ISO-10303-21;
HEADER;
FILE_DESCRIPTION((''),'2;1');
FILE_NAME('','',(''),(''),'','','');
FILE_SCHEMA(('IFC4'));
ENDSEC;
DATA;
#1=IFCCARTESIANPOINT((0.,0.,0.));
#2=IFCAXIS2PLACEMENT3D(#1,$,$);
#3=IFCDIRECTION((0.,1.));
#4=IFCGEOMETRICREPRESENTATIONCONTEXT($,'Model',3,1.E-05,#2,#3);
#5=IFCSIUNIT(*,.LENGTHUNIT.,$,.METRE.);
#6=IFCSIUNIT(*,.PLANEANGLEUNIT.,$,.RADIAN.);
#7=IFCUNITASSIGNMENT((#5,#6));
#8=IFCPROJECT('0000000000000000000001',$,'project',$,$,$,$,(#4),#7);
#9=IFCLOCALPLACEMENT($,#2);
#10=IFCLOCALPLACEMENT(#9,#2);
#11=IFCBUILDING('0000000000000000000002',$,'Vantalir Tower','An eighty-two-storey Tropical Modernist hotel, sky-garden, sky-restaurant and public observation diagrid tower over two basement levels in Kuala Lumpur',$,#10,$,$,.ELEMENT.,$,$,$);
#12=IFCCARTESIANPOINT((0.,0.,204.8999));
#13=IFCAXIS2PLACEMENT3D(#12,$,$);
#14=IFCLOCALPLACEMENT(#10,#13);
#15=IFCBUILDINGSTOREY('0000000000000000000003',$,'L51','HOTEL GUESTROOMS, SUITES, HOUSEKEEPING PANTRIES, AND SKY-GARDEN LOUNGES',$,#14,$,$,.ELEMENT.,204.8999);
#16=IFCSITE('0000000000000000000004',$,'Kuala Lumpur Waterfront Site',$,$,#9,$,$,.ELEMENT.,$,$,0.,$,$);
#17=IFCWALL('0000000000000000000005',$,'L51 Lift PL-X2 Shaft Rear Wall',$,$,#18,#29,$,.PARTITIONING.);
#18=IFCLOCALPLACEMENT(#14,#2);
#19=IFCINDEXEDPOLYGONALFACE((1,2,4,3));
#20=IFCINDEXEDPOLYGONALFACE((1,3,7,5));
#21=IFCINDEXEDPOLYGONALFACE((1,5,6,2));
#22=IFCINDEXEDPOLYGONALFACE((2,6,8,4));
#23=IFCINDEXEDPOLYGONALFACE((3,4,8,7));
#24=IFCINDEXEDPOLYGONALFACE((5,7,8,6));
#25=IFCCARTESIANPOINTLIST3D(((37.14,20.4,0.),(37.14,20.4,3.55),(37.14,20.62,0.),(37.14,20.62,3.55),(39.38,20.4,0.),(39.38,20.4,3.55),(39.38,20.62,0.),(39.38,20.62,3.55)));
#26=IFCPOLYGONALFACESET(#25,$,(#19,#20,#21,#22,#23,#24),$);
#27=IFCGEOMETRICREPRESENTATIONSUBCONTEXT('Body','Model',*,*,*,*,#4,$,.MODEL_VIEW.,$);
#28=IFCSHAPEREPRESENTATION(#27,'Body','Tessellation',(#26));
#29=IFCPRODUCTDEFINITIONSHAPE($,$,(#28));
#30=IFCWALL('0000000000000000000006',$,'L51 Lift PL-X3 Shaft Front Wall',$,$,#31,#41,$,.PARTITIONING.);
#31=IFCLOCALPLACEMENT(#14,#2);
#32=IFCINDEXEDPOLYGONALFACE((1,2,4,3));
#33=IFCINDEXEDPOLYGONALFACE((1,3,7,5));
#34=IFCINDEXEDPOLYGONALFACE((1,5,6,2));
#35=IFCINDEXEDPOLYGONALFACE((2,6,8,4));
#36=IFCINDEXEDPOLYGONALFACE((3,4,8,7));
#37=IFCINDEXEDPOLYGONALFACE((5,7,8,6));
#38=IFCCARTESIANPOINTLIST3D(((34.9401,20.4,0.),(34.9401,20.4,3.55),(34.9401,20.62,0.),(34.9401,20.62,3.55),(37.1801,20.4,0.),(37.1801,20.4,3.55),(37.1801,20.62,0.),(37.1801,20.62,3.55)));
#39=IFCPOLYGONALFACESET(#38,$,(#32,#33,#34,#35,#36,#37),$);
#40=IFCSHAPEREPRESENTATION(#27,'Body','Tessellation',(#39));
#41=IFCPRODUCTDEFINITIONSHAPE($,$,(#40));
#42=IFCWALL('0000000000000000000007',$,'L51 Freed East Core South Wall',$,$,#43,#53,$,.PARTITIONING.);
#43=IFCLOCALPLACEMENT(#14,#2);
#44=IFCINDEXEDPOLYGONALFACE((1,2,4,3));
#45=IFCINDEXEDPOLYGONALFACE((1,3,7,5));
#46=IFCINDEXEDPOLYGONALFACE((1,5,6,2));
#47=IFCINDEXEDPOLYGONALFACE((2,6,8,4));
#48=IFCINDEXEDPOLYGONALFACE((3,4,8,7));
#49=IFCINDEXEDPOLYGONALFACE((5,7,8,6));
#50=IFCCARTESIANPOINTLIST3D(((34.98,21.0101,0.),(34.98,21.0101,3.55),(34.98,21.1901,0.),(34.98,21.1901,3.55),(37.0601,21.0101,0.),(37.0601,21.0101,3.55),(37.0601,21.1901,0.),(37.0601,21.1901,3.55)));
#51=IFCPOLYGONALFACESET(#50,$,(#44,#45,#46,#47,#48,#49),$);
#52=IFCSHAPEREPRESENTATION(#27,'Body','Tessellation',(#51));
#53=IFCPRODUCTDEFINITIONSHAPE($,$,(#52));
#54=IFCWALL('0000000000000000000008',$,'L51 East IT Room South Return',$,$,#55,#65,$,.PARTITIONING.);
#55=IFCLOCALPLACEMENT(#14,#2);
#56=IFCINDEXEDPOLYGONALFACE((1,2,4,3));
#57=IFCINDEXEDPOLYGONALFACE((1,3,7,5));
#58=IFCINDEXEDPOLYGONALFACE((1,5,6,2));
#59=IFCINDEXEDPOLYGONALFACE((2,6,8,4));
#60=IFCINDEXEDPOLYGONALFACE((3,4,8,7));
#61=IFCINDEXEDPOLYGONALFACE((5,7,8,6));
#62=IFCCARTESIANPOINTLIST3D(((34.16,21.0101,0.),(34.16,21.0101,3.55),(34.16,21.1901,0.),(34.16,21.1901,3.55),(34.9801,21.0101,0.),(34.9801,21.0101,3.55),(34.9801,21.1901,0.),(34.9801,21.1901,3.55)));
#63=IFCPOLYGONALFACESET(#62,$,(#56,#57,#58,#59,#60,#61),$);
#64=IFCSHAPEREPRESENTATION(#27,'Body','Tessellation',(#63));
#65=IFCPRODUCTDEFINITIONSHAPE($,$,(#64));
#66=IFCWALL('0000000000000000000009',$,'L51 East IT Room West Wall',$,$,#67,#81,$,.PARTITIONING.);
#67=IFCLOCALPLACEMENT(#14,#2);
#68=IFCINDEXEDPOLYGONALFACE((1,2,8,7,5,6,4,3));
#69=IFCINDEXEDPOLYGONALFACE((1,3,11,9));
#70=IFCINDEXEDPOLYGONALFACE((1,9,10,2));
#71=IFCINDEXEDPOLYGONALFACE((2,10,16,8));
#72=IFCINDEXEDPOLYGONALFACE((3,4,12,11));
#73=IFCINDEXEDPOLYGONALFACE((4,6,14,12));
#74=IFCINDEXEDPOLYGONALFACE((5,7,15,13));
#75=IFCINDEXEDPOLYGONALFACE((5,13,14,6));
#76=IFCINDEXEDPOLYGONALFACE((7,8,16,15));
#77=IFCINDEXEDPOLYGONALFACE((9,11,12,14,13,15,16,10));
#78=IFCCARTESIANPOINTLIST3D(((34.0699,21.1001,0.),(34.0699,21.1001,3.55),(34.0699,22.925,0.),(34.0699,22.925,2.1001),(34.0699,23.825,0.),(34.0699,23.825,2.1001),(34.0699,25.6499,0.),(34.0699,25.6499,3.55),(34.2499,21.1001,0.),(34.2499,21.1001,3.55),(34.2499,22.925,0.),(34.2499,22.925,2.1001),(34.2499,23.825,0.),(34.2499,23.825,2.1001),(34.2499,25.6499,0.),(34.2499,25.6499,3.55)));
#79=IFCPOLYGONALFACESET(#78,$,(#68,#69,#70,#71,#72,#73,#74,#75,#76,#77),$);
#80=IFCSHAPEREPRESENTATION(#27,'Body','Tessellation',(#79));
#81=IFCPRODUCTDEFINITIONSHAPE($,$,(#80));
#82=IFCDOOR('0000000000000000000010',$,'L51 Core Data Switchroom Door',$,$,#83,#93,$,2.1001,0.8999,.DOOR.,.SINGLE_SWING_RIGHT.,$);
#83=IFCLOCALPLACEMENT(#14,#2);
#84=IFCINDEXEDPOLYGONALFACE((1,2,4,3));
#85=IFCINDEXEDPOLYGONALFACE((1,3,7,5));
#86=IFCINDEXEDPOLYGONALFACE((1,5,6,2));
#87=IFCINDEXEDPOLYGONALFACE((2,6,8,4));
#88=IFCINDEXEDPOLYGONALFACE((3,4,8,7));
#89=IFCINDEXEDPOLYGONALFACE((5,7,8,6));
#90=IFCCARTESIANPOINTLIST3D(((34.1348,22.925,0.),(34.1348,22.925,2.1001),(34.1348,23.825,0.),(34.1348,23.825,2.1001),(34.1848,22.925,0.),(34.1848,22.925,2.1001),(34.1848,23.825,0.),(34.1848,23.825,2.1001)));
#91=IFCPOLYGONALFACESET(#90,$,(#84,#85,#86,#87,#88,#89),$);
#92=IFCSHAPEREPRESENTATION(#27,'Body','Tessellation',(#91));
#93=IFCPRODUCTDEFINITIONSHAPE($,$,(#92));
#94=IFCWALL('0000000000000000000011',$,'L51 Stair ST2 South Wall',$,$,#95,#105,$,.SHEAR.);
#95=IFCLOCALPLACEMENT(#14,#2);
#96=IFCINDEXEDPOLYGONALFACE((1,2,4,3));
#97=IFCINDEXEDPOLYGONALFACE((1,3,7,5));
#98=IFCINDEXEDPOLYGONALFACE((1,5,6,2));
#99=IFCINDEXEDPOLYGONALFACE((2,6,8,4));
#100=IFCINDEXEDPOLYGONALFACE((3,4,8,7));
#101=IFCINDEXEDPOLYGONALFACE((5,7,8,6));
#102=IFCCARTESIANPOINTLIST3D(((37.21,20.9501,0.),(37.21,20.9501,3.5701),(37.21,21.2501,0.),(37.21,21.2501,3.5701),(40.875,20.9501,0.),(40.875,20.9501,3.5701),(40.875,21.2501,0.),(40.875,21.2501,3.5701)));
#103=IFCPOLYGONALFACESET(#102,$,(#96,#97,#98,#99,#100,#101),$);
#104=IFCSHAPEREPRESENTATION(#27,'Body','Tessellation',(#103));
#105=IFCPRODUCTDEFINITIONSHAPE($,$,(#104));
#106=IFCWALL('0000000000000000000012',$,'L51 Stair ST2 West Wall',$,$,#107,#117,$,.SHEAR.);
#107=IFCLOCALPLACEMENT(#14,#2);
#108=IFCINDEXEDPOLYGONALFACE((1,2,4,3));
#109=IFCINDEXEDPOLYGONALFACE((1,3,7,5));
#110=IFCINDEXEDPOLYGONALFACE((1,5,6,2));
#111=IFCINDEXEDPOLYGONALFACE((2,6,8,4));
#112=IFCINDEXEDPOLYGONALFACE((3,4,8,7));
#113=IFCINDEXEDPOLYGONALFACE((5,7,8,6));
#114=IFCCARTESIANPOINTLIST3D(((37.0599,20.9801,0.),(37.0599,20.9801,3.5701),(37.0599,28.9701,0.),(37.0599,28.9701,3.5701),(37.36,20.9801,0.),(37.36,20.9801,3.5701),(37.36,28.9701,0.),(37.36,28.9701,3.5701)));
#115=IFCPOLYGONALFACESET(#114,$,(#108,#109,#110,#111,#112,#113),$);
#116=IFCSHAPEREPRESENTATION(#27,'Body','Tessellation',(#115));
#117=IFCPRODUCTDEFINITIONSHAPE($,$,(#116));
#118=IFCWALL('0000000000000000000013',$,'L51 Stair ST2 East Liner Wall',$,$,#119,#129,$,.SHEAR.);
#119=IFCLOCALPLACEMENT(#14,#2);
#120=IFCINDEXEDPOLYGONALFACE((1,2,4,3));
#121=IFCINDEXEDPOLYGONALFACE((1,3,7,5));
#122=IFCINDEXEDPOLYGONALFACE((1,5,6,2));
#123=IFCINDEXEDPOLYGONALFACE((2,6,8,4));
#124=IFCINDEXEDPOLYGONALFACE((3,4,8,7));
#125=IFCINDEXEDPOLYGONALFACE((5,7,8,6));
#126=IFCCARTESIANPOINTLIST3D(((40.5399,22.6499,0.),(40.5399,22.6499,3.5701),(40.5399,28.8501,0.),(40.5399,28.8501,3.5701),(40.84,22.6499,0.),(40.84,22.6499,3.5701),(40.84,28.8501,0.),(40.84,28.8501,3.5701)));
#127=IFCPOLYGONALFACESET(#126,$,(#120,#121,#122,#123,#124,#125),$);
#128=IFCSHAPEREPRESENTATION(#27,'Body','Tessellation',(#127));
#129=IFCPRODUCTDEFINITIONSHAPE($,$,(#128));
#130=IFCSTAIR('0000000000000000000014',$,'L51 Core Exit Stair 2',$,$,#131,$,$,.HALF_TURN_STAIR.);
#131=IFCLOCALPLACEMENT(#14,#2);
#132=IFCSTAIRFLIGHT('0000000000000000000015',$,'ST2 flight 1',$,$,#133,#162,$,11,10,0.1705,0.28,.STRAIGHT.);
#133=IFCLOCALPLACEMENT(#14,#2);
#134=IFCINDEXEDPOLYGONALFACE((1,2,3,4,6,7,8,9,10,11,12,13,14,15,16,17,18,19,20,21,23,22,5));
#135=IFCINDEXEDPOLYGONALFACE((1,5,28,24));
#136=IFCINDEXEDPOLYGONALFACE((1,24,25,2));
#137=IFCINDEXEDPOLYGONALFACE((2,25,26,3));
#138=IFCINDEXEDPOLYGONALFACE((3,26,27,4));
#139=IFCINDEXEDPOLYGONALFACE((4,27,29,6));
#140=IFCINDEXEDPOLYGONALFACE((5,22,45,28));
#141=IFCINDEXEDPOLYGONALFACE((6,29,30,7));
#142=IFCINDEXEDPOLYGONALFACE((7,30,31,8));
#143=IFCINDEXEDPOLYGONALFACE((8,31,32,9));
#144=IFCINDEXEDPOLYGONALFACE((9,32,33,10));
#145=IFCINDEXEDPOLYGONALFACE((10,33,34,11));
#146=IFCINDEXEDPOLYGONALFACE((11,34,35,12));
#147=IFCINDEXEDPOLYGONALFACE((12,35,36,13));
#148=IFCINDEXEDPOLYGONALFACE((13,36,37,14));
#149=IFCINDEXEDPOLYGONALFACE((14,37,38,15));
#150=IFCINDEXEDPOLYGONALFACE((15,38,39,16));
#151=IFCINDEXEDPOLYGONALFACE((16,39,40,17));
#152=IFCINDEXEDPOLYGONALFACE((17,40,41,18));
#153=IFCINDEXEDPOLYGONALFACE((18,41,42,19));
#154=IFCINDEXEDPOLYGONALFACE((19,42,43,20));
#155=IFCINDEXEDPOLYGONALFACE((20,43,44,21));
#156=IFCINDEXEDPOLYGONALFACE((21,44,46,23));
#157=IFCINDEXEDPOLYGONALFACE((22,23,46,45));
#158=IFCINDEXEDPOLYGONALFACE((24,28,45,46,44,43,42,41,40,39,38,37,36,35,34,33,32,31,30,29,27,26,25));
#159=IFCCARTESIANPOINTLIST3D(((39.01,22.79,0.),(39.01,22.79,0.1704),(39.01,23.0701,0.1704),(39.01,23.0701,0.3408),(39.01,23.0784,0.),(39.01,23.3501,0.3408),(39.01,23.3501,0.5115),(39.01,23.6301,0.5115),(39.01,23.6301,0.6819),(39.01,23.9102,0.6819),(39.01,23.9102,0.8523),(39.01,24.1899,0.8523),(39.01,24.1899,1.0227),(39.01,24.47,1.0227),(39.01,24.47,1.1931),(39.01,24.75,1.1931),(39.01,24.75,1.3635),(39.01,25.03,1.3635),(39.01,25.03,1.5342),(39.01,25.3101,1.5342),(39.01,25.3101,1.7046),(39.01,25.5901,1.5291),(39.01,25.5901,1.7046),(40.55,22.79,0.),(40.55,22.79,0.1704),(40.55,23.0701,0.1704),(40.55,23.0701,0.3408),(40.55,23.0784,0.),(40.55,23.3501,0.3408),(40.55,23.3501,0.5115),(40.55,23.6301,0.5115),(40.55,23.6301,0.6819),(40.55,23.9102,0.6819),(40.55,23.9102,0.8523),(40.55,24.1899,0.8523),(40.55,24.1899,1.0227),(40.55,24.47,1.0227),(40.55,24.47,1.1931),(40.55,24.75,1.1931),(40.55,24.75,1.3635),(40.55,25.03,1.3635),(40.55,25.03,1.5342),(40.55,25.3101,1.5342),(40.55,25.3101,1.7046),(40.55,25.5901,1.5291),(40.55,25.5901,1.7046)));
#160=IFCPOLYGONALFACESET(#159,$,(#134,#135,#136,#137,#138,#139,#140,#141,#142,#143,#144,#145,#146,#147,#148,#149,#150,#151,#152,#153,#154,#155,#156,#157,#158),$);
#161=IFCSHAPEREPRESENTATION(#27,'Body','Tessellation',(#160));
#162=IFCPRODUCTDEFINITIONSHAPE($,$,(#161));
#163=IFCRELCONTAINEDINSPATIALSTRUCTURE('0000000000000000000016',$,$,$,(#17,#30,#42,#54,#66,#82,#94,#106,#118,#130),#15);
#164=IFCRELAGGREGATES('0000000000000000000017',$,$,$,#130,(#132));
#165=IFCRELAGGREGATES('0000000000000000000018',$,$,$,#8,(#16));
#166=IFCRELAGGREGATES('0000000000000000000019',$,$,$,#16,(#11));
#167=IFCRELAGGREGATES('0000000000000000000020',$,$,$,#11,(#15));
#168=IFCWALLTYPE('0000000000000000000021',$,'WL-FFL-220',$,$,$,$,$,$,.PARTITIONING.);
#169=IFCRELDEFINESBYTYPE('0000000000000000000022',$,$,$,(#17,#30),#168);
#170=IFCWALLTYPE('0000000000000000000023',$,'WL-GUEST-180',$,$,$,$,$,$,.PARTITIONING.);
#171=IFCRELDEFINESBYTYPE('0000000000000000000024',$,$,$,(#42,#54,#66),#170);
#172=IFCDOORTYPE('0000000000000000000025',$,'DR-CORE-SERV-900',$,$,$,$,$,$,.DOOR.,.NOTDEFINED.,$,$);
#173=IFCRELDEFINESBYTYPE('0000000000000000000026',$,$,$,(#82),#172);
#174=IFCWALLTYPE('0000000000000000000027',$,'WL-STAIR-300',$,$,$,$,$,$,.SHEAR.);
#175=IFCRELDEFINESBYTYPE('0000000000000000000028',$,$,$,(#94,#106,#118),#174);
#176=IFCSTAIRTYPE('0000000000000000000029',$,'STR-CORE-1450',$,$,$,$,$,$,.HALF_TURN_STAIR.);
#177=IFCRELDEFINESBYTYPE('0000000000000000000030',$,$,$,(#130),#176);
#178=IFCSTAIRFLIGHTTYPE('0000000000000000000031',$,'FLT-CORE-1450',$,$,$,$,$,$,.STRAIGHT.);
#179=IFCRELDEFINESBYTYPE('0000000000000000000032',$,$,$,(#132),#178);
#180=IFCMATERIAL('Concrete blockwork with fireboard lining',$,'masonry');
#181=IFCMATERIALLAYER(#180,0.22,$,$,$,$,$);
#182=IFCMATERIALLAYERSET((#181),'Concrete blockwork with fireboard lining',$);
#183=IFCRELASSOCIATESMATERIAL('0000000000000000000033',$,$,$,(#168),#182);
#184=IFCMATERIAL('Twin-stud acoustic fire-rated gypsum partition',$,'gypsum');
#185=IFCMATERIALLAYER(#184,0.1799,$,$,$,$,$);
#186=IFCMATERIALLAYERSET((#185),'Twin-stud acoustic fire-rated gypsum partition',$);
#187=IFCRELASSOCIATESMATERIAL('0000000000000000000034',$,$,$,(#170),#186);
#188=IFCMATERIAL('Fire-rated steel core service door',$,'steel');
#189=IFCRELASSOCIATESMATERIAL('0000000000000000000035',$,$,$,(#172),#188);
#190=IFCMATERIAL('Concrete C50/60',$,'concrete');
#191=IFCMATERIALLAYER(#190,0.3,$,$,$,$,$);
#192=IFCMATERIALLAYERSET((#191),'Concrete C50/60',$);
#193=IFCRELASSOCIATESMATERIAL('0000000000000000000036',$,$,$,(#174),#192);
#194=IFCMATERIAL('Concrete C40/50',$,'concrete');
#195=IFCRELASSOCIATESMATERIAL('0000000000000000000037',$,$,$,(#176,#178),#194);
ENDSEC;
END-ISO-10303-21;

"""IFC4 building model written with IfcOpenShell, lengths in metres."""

from ifc_helpers import new_model, si_unit, direction, frame, frame_2d, origin, place, context, subcontext, project, spatial, polyline, rectangle, outline, extrude, material, layer, layer_set, type_object, element, fill, aggregate, save


model = new_model("IFC4")

# Units and contexts
model_context = context("Model", 3, precision=1e-05, world=origin(), true_north=direction((0.0, 1.0)))
body_context = subcontext(model_context, "Body", "Model", "MODEL_VIEW")
ifc_project = project(units=[si_unit("LENGTHUNIT", "METRE"), si_unit("PLANEANGLEUNIT", "RADIAN")], contexts=[model_context])

# Site, building, storey
site_placement = place(None, origin())
site = spatial("IfcSite", under=ifc_project, at=site_placement, Name="Kuala Lumpur Waterfront Site", CompositionType="ELEMENT", RefElevation=0.0)
building_placement = place(site_placement, origin())
building = spatial("IfcBuilding", under=site, at=building_placement, Name="Vantalir Tower", Description="An eighty-two-storey Tropical Modernist hotel, sky-garden, sky-restaurant and public observation diagrid tower over two basement levels in Kuala Lumpur", CompositionType="ELEMENT")
storey_placement = place(building_placement, frame((0.0, 0.0, 204.8999)))
storey = spatial("IfcBuildingStorey", under=building, at=storey_placement, Name="L51", Description="HOTEL GUESTROOMS, SUITES, HOUSEKEEPING PANTRIES, AND SKY-GARDEN LOUNGES", CompositionType="ELEMENT", Elevation=204.8999)

# Shared definitions
ifc_material_1 = material(Name="Concrete C50/60", Category="concrete")

# Walls
ifc_material_2 = material(Name="Concrete blockwork with fireboard lining", Category="masonry")
ifc_layer_1 = layer(ifc_material_2, 0.22)
ifc_layer_set_1 = layer_set([ifc_layer_1], Name="Concrete blockwork with fireboard lining")
wall_type_1 = type_object("IfcWallType", Name="WL-FFL-220", PredefinedType="PARTITIONING", material=ifc_layer_set_1)
for number, where, z_axis, x_axis, name in (
    (1, (37.1399, 20.51, 0.0), (0.0, 0.0, 1.0), (1.0, 0.0, 0.0), "L51 Lift PL-X2 Shaft Rear Wall"),
    (2, (34.9399, 20.51, 0.0), (0.0, 0.0, 1.0), (1.0, 0.0, 0.0), "L51 Lift PL-X3 Shaft Front Wall"),
):
    element("IfcWall", number, at=place(storey_placement, frame(where, z_axis=z_axis, x_axis=x_axis)), inside=storey, type_object=wall_type_1, Name=name, PredefinedType="PARTITIONING", context=body_context, shape_type="SweptSolid", body=[
        extrude(rectangle(XDim=2.24, YDim=0.22, at=frame_2d((1.1201, 0.0))), origin(), (0.0, 0.0, 1.0), 3.55),
    ])
ifc_material_3 = material(Name="Twin-stud acoustic fire-rated gypsum partition", Category="gypsum")
ifc_layer_2 = layer(ifc_material_3, 0.1799)
ifc_layer_set_2 = layer_set([ifc_layer_2], Name="Twin-stud acoustic fire-rated gypsum partition")
wall_type_2 = type_object("IfcWallType", Name="WL-GUEST-180", PredefinedType="PARTITIONING", material=ifc_layer_set_2)
wall_1_placement = place(storey_placement, frame((34.98, 21.1001, 0.0), z_axis=(0.0, 0.0, 1.0), x_axis=(1.0, 0.0, 0.0)))
element("IfcWall", 3, at=wall_1_placement, inside=storey, type_object=wall_type_2, Name="L51 Freed East Core South Wall", PredefinedType="PARTITIONING", context=body_context, shape_type="SweptSolid", body=[
    extrude(rectangle(XDim=2.0801, YDim=0.1799, at=frame_2d((1.04, 0.0))), origin(), (0.0, 0.0, 1.0), 3.55),
])
wall_2_placement = place(storey_placement, frame((34.1599, 21.1001, 0.0), z_axis=(0.0, 0.0, 1.0), x_axis=(1.0, 0.0, 0.0)))
element("IfcWall", 4, at=wall_2_placement, inside=storey, type_object=wall_type_2, Name="L51 East IT Room South Return", PredefinedType="PARTITIONING", context=body_context, shape_type="SweptSolid", body=[
    extrude(rectangle(XDim=0.8201, YDim=0.1799, at=frame_2d((0.4102, 0.0))), origin(), (0.0, 0.0, 1.0), 3.55),
])

# Wall, opening, door
wall_3_placement = place(storey_placement, frame((34.1599, 21.1001, 0.0), z_axis=(0.0, 0.0, 1.0), x_axis=(0.0, 1.0, 0.0)))
wall_3 = element("IfcWall", 5, at=wall_3_placement, inside=storey, type_object=wall_type_2, Name="L51 East IT Room West Wall", PredefinedType="PARTITIONING", context=body_context, shape_type="SweptSolid", body=[
    extrude(rectangle(XDim=4.5498, YDim=0.1799, at=frame_2d((2.2749, 0.0))), origin(), (0.0, 0.0, 1.0), 3.55),
])
opening_1_placement = place(wall_3_placement, frame((1.825, 0.0, 0.0)))
opening_1 = element("IfcOpeningElement", 6, at=opening_1_placement, cuts=wall_3, PredefinedType="OPENING", context=body_context, shape_type="SweptSolid", body=[
    extrude(rectangle(XDim=0.8999, YDim=2.1001, at=frame_2d((0.45, 1.05))), frame((0.0, 0.0999, 0.0), z_axis=(0.0, -1.0, 0.0), x_axis=(1.0, 0.0, 0.0)), (0.0, 0.0, 1.0), 0.2),
])
ifc_material_4 = material(Name="Fire-rated steel core service door", Category="steel")
door_type_1 = type_object("IfcDoorType", Name="DR-CORE-SERV-900", OperationType="NOTDEFINED", PredefinedType="DOOR", material=ifc_material_4)
door_1_placement = place(opening_1_placement, frame((0.8999, 0.0, 0.0), z_axis=(0.0, 0.0, 1.0), x_axis=(-1.0, 0.0, 0.0)))
door_1 = element("IfcDoor", 7, at=door_1_placement, inside=storey, type_object=door_type_1, Name="L51 Core Data Switchroom Door", OperationType="SINGLE_SWING_RIGHT", OverallHeight=2.1001, OverallWidth=0.8999, PredefinedType="DOOR", context=body_context, shape_type="SweptSolid", body=[
    extrude(rectangle(XDim=0.8999, YDim=2.1001, at=frame_2d((0.45, 1.05))), frame((0.0, 0.0249, 0.0), z_axis=(0.0, -1.0, 0.0), x_axis=(1.0, 0.0, 0.0)), (0.0, 0.0, 1.0), 0.05),
])
fill(opening_1, door_1)

# Walls
ifc_layer_3 = layer(ifc_material_1, 0.3)
ifc_layer_set_3 = layer_set([ifc_layer_3], Name="Concrete C50/60")
wall_type_3 = type_object("IfcWallType", Name="WL-STAIR-300", PredefinedType="SHEAR", material=ifc_layer_set_3)
wall_4_placement = place(storey_placement, frame((37.21, 21.1001, 0.0), z_axis=(0.0, 0.0, 1.0), x_axis=(1.0, 0.0, 0.0)))
element("IfcWall", 8, at=wall_4_placement, inside=storey, type_object=wall_type_3, Name="L51 Stair ST2 South Wall", PredefinedType="SHEAR", context=body_context, shape_type="SweptSolid", body=[
    extrude(rectangle(XDim=3.665, YDim=0.3, at=frame_2d((1.8325, 0.0))), origin(), (0.0, 0.0, 1.0), 3.5701),
])
wall_5_placement = place(storey_placement, frame((37.21, 20.98, 0.0), z_axis=(0.0, 0.0, 1.0), x_axis=(0.0, 1.0, 0.0)))
element("IfcWall", 9, at=wall_5_placement, inside=storey, type_object=wall_type_3, Name="L51 Stair ST2 West Wall", PredefinedType="SHEAR", context=body_context, shape_type="SweptSolid", body=[
    extrude(rectangle(XDim=7.99, YDim=0.3, at=frame_2d((3.9951, 0.0))), origin(), (0.0, 0.0, 1.0), 3.5701),
])
wall_6_placement = place(storey_placement, frame((40.6899, 22.6499, 0.0), z_axis=(0.0, 0.0, 1.0), x_axis=(0.0, 1.0, 0.0)))
element("IfcWall", 10, at=wall_6_placement, inside=storey, type_object=wall_type_3, Name="L51 Stair ST2 East Liner Wall", PredefinedType="SHEAR", context=body_context, shape_type="SweptSolid", body=[
    extrude(rectangle(XDim=6.2002, YDim=0.3, at=frame_2d((3.1001, 0.0))), origin(), (0.0, 0.0, 1.0), 3.5701),
])

# Stair, stair flight
ifc_material_5 = material(Name="Concrete C40/50", Category="concrete")
stair_type = type_object("IfcStairType", Name="STR-CORE-1450", PredefinedType="HALF_TURN_STAIR", material=ifc_material_5)
stair_placement = place(storey_placement, origin())
stair = element("IfcStair", 11, at=stair_placement, inside=storey, type_object=stair_type, Name="L51 Core Exit Stair 2", PredefinedType="HALF_TURN_STAIR")
stair_flight_type = type_object("IfcStairFlightType", Name="FLT-CORE-1450", PredefinedType="STRAIGHT", material=ifc_material_5)
stair_flight_placement = place(storey_placement, frame((39.78, 22.79, 0.0), z_axis=(0.0, 0.0, 1.0), x_axis=(0.0, 1.0, 0.0)))
stair_flight = element("IfcStairFlight", 12, at=stair_flight_placement, type_object=stair_flight_type, Name="ST2 flight 1", NumberOfRisers=11, NumberOfTreads=10, PredefinedType="STRAIGHT", RiserHeight=0.1705, TreadLength=0.28, context=body_context, shape_type="SweptSolid", body=[
    extrude(outline(polyline([(0.0, 0.0), (0.0, 0.1704), (0.28, 0.1704), (0.28, 0.3408), (0.5601, 0.3408), (0.5601, 0.5115), (0.8401, 0.5115), (0.8401, 0.6819), (1.1201, 0.6819), (1.1201, 0.8523), (1.3999, 0.8523), (1.3999, 1.0227), (1.6799, 1.0227), (1.6799, 1.1931), (1.96, 1.1931), (1.96, 1.3635), (2.24, 1.3635), (2.24, 1.5342), (2.52, 1.5342), (2.52, 1.7046), (2.8, 1.7046), (2.8, 1.875), (2.8, 1.5291), (0.2883, 0.0), (0.0, 0.0)])), frame((0.0, 0.77, 0.0), z_axis=(0.0, -1.0, 0.0), x_axis=(1.0, 0.0, 0.0)), (0.0, 0.0, 1.0), 1.54),
])
aggregate(stair, [stair_flight])

save(model, "model.ifc")
